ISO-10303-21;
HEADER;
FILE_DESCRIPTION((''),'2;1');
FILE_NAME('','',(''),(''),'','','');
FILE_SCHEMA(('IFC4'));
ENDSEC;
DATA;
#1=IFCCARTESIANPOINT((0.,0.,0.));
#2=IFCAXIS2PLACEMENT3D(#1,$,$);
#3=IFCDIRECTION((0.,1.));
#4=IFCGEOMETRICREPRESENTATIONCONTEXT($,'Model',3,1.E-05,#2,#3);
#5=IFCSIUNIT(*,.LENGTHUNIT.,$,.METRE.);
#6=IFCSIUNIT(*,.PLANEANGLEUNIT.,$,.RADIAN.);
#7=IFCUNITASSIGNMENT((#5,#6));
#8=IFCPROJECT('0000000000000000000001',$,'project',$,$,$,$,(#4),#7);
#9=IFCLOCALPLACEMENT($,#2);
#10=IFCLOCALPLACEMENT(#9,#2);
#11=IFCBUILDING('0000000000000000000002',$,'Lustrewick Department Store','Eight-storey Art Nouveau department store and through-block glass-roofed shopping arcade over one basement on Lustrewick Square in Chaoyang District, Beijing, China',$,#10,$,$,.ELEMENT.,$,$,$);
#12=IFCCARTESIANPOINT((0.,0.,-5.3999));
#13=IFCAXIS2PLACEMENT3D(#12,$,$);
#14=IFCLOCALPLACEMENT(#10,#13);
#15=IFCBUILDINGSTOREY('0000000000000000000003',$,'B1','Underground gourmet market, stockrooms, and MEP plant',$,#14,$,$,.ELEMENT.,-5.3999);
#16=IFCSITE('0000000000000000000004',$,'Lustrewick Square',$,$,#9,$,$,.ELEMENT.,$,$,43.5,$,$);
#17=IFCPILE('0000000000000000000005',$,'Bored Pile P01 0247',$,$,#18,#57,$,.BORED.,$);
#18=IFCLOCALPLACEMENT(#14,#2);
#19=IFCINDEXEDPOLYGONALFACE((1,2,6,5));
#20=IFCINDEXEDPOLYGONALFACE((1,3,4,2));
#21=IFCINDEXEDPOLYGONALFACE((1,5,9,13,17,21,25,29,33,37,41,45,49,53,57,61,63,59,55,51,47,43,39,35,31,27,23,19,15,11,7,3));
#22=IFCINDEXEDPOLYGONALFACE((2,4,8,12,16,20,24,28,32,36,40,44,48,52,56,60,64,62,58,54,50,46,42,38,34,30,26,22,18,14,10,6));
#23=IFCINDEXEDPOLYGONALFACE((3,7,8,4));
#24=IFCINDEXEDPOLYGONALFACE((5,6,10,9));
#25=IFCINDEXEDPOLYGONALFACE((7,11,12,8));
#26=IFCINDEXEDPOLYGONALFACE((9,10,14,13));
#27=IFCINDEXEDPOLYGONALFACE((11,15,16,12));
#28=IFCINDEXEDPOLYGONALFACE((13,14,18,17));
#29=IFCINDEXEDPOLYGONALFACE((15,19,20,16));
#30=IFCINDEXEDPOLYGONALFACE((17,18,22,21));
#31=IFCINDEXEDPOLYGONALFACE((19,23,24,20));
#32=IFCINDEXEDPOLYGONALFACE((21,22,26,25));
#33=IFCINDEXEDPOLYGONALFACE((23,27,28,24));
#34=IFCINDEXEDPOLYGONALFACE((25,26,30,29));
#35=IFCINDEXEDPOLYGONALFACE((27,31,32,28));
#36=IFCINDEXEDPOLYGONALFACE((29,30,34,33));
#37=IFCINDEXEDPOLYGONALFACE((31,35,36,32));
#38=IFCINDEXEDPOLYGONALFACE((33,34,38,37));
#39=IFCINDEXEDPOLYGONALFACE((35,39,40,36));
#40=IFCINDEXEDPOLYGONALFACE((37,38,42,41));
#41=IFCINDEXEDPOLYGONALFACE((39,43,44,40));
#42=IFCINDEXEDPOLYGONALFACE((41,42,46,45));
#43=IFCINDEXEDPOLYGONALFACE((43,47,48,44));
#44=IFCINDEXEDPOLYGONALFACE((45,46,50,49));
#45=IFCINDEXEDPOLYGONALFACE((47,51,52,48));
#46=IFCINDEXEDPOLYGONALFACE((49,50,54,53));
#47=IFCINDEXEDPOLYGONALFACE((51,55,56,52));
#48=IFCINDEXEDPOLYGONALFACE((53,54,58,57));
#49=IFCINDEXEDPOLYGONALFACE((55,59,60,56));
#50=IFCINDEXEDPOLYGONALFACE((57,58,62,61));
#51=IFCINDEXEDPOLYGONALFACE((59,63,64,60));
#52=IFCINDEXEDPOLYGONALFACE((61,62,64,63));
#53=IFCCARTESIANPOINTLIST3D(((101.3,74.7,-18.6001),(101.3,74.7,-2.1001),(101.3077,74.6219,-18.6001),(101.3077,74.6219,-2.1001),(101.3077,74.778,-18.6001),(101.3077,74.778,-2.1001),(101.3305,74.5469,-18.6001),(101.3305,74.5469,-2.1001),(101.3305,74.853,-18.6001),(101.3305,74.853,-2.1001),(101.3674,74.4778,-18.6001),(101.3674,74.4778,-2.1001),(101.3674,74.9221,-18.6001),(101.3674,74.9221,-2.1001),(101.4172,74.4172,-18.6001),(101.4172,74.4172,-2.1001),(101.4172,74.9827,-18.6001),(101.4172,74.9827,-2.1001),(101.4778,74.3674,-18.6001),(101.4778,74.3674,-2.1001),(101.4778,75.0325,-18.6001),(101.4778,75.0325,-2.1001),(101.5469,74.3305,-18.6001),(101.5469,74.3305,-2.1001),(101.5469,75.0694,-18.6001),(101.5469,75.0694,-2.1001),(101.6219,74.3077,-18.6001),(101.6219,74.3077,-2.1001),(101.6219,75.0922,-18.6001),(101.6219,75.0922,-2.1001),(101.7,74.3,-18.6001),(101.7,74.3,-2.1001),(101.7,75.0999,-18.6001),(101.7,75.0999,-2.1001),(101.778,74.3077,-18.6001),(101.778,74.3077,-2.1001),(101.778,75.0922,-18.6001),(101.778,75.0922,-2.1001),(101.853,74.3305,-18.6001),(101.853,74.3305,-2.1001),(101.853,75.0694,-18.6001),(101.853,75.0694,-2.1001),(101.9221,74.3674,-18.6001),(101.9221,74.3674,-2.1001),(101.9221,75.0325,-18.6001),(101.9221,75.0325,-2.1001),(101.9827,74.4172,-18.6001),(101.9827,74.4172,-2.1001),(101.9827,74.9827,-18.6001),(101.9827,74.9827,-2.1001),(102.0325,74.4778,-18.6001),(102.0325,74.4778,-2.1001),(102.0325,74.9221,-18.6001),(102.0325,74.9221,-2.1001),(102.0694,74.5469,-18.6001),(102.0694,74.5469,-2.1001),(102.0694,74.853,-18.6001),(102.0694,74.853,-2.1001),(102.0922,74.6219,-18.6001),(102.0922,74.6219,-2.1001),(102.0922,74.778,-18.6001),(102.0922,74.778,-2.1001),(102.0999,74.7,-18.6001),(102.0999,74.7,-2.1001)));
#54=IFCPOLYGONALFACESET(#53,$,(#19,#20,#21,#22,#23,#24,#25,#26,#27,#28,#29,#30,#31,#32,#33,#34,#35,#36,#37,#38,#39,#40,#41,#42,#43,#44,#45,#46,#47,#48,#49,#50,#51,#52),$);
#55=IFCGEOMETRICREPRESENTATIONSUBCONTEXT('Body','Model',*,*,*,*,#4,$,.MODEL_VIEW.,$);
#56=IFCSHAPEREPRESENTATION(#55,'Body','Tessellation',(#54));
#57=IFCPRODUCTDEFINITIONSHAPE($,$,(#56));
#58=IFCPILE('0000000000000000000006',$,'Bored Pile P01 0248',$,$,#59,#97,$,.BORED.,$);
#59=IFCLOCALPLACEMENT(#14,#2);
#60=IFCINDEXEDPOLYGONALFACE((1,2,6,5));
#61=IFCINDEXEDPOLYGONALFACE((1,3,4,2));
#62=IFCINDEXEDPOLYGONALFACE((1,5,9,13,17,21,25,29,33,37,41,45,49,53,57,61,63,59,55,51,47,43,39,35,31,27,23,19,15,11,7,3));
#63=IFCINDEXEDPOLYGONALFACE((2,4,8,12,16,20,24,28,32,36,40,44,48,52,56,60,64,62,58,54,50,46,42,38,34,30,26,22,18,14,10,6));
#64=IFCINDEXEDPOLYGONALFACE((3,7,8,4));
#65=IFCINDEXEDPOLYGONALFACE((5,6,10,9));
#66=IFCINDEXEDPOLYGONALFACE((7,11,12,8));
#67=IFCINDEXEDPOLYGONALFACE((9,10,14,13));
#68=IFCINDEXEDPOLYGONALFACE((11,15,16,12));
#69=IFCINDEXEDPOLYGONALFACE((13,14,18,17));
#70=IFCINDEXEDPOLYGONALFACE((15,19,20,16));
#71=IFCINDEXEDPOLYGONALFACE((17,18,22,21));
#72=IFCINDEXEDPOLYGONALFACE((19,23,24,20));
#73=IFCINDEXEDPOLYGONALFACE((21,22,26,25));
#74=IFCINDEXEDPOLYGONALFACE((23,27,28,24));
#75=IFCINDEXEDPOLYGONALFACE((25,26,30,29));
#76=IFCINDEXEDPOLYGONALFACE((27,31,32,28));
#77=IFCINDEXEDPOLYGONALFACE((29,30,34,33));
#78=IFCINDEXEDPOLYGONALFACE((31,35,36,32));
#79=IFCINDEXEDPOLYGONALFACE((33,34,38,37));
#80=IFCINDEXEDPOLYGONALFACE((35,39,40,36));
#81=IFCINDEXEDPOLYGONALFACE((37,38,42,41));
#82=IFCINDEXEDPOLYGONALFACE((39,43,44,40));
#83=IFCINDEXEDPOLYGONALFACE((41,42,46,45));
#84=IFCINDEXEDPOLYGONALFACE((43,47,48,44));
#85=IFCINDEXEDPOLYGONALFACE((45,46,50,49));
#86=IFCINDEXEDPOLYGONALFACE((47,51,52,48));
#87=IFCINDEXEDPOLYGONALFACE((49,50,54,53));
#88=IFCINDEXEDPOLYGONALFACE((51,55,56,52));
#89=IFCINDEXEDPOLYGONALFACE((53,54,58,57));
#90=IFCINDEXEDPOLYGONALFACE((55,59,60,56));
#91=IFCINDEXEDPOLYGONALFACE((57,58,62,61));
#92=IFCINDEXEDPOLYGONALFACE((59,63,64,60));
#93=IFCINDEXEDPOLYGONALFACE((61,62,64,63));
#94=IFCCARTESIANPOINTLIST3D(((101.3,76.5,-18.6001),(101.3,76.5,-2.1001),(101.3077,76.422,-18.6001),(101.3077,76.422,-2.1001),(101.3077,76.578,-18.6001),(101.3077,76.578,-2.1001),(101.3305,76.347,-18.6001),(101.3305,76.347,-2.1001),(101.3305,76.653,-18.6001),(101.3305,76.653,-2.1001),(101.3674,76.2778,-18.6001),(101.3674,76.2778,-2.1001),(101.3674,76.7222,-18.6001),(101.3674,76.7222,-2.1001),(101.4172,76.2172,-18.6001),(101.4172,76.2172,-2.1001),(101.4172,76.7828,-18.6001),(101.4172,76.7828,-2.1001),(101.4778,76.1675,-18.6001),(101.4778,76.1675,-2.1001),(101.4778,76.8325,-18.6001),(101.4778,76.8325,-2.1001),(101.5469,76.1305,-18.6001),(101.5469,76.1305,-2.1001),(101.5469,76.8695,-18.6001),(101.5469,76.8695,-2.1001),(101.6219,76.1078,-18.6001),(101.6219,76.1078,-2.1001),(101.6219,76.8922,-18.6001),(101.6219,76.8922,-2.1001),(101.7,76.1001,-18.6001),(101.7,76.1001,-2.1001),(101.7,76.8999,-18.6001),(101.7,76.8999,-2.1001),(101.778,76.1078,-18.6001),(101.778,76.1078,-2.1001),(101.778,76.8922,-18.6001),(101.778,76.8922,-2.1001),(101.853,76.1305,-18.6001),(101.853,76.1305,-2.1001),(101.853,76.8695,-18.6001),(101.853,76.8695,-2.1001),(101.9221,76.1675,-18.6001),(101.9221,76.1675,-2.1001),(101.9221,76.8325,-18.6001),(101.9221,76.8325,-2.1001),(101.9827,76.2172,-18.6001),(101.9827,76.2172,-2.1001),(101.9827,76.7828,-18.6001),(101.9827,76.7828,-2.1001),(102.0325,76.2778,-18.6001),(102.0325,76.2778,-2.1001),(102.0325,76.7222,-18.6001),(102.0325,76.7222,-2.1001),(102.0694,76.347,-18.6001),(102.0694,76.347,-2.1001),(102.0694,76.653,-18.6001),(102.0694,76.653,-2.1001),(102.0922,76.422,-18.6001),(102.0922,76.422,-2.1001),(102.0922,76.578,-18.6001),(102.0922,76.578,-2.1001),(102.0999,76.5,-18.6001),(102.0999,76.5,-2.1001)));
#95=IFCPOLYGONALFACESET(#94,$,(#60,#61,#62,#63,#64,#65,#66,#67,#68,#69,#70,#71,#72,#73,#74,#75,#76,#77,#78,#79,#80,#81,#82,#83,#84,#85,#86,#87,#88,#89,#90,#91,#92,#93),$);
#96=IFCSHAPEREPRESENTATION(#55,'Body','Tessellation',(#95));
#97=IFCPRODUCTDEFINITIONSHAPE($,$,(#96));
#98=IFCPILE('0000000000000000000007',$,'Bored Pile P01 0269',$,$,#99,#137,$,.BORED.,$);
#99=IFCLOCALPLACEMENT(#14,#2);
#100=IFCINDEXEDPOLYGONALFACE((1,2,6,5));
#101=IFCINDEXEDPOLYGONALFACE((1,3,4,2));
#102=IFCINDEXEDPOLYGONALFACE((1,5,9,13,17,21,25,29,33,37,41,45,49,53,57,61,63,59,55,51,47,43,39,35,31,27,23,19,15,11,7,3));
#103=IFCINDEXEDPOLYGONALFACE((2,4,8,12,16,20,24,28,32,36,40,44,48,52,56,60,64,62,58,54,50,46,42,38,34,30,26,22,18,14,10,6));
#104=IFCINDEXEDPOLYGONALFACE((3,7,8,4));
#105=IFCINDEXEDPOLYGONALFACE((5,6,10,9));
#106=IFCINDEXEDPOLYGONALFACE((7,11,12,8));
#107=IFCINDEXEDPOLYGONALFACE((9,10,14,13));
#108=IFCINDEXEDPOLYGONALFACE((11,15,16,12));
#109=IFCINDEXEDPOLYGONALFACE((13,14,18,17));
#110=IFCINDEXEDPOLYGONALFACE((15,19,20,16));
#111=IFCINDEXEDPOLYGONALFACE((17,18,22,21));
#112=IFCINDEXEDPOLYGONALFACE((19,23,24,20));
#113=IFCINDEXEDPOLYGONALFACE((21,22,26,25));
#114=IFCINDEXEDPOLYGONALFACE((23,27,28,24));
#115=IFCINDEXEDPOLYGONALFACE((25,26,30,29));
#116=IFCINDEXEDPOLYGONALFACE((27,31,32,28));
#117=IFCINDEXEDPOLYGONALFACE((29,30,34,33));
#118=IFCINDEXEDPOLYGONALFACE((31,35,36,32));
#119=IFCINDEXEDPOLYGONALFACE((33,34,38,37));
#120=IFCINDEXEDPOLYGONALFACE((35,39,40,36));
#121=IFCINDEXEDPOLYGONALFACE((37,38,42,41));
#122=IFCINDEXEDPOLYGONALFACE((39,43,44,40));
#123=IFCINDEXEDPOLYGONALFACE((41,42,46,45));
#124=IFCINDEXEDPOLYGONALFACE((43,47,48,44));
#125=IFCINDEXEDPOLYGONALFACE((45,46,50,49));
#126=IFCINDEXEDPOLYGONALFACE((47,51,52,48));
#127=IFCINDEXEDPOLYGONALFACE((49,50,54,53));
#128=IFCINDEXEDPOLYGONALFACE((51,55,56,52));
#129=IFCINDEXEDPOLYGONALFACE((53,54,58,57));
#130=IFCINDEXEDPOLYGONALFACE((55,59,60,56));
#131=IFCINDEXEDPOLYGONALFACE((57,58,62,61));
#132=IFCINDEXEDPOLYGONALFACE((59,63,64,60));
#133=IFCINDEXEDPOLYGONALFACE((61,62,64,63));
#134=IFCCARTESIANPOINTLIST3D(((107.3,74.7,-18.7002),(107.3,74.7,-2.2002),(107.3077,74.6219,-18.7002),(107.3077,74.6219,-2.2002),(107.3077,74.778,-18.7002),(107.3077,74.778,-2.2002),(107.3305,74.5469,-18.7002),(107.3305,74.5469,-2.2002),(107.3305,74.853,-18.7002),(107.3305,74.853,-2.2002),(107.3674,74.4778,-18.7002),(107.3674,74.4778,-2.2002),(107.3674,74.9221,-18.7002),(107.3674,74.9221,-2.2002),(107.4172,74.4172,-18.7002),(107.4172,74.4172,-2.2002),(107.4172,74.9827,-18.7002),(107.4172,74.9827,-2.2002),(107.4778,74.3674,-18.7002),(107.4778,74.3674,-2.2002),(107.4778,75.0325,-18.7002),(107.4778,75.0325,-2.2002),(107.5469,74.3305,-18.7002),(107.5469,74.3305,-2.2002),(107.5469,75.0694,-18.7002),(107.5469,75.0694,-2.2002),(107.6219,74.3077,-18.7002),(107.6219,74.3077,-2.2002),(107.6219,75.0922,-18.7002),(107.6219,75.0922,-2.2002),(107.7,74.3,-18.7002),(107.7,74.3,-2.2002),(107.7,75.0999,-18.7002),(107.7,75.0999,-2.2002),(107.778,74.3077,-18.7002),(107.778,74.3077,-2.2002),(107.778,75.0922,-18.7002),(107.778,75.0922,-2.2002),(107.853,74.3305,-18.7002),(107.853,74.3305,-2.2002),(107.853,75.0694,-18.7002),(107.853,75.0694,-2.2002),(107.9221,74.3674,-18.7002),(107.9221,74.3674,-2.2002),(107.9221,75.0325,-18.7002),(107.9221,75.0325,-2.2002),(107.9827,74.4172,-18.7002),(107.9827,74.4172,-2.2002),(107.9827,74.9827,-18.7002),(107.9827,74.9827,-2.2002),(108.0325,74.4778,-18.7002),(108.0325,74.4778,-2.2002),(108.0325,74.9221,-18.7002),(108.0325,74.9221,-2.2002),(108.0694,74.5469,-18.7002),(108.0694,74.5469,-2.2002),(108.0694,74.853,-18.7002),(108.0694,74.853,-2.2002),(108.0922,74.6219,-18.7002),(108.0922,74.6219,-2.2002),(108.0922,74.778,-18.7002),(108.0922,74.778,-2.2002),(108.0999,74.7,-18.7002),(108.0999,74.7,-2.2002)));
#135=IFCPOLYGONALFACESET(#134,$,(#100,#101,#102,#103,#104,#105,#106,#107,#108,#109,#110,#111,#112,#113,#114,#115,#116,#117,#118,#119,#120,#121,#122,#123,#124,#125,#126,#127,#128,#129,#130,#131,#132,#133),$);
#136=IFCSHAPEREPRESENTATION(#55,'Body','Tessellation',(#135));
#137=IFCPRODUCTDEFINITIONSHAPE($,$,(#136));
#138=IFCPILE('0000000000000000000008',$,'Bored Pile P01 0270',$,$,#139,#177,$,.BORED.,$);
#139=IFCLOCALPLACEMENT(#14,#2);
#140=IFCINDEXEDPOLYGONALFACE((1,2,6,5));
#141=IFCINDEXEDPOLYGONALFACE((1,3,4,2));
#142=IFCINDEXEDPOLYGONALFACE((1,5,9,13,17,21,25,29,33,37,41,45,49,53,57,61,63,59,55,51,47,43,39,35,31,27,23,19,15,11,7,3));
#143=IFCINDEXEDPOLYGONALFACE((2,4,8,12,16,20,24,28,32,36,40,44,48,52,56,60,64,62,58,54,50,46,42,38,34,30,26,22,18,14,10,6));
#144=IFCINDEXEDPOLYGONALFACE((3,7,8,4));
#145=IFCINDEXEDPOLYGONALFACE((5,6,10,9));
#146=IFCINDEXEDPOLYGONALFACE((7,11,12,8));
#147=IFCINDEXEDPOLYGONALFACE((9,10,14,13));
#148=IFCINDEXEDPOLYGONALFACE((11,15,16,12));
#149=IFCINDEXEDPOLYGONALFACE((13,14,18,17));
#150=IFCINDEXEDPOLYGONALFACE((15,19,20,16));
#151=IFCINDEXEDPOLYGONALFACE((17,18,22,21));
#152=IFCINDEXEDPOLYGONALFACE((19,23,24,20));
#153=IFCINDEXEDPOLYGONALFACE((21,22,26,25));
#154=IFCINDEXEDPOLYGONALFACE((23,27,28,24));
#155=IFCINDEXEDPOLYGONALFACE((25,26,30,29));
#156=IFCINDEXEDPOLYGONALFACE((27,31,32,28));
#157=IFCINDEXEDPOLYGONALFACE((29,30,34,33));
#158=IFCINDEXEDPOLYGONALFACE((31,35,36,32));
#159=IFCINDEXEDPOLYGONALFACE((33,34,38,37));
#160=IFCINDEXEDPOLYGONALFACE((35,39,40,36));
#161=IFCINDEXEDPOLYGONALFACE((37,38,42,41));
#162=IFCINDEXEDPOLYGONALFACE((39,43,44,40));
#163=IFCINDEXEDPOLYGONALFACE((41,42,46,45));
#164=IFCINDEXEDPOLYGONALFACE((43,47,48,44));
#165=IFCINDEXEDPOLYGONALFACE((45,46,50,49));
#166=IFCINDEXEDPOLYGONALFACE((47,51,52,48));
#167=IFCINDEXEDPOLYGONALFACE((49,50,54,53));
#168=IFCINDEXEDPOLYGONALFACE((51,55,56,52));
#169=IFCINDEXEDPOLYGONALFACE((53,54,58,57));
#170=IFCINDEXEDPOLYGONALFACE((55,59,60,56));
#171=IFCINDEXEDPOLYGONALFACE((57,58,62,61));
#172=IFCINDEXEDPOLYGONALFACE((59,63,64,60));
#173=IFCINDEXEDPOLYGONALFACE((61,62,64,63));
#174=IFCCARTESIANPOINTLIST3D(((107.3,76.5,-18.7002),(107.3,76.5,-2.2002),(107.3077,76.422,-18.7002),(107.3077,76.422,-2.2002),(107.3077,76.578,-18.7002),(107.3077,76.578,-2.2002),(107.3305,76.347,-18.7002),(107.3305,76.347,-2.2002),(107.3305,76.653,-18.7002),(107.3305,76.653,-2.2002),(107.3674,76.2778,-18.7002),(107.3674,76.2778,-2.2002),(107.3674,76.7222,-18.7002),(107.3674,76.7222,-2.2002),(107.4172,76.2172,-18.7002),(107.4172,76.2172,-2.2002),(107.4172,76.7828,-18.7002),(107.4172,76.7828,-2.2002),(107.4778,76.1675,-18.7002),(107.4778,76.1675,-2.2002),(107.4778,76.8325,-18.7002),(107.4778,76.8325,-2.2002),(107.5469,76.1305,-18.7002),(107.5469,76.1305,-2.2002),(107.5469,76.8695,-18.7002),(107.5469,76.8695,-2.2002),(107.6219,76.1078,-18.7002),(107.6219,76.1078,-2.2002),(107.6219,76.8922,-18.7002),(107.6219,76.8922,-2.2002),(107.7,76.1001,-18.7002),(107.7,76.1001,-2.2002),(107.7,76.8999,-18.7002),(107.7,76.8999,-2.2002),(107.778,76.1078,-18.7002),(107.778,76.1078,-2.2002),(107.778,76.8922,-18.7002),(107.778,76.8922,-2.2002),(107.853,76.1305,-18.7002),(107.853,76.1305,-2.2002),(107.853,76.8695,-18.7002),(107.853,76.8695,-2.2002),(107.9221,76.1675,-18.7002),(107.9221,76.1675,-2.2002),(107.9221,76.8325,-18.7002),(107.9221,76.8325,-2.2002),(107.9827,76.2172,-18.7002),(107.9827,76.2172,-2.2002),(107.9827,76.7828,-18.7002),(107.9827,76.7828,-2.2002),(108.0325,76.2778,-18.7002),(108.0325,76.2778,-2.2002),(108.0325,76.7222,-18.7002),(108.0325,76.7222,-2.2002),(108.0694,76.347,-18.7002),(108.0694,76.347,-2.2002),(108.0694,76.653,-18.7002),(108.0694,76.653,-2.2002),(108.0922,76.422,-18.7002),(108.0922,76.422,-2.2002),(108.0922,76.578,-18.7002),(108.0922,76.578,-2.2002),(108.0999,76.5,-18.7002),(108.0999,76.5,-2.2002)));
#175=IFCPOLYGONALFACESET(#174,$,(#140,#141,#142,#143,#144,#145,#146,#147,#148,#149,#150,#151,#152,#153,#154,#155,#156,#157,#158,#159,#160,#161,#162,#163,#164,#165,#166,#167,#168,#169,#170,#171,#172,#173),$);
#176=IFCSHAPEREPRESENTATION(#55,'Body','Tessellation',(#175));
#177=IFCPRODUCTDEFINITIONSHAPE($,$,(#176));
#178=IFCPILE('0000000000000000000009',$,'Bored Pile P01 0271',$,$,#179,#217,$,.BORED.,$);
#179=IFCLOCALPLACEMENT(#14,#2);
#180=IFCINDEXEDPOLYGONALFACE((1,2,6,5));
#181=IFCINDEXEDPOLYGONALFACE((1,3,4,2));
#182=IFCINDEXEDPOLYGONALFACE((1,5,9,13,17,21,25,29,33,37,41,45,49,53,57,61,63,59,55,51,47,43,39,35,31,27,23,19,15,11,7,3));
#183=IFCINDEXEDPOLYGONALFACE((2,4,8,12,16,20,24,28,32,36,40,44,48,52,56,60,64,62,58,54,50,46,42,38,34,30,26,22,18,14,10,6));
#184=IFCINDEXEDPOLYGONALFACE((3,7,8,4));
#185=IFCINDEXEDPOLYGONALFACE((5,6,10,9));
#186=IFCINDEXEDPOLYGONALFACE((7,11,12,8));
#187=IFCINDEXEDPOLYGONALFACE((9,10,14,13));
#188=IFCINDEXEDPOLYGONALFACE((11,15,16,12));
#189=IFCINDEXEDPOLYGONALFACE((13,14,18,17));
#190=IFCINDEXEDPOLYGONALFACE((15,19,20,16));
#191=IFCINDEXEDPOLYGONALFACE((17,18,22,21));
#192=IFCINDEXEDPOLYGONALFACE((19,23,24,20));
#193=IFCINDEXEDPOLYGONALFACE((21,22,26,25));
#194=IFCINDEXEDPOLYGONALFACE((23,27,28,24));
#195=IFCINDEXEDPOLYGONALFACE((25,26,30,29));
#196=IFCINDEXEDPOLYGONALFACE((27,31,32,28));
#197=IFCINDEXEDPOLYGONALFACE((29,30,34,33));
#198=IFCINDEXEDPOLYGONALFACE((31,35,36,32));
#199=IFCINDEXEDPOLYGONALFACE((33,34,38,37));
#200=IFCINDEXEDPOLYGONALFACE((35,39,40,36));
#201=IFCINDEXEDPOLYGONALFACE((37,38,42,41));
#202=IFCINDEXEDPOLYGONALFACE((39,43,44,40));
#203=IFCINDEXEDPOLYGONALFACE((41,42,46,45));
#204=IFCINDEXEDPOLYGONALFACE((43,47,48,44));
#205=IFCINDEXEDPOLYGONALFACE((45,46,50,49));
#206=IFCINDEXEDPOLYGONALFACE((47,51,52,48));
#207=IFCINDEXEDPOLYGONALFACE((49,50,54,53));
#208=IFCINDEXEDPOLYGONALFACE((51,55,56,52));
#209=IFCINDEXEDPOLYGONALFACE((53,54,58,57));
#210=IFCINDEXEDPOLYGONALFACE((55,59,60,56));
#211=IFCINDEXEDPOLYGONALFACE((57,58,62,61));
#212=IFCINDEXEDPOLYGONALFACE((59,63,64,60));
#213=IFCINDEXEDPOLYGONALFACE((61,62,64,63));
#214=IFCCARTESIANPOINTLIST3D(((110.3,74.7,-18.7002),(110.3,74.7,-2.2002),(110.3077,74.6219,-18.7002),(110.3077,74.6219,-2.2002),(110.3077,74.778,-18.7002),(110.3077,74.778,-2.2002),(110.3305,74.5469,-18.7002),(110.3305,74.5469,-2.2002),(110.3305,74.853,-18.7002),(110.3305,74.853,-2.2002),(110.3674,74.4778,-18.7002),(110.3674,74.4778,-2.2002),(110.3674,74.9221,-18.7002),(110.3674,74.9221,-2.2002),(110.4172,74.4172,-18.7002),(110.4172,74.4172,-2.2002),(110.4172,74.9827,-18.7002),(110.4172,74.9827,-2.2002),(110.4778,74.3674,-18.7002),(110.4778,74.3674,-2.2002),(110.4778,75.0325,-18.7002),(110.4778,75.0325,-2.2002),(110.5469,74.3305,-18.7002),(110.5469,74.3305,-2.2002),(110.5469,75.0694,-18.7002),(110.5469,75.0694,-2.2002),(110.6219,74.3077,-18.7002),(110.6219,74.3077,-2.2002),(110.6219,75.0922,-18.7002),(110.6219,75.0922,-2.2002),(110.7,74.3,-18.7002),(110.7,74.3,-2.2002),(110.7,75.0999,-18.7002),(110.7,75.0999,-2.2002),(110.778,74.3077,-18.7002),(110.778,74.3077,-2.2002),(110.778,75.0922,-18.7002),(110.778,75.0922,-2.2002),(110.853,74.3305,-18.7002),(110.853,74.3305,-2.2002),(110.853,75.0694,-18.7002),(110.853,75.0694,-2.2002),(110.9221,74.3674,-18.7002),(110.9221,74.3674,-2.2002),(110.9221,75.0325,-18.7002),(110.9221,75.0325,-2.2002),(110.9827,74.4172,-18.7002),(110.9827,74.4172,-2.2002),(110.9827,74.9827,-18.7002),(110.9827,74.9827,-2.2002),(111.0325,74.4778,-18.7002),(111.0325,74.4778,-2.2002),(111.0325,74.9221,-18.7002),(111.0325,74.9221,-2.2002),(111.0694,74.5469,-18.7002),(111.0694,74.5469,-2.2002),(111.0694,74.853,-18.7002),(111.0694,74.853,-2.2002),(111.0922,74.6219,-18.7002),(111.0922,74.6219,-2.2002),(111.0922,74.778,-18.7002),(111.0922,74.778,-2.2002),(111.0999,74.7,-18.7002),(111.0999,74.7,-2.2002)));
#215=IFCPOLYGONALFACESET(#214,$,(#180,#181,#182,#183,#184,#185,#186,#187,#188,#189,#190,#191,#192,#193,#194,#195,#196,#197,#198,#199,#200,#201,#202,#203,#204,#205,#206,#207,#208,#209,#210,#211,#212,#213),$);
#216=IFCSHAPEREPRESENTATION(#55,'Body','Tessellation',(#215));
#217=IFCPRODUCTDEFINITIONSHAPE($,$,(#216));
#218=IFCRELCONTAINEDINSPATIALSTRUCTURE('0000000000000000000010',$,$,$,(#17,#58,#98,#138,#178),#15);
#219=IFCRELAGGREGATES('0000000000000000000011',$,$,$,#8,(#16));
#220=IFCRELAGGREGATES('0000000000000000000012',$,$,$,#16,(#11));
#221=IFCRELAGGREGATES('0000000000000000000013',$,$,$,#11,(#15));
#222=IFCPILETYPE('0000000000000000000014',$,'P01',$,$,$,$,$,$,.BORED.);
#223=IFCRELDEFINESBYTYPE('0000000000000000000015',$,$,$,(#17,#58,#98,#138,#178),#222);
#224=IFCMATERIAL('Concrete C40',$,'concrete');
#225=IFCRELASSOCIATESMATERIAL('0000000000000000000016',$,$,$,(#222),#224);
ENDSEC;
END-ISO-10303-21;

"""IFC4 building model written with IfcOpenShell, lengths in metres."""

from ifc_helpers import new_model, si_unit, direction, frame, origin, origin_2d, place, context, subcontext, project, spatial, circle, extrude, material, material_profile, profile_set, type_object, element, save


model = new_model("IFC4")

# Units and contexts
model_context = context("Model", 3, precision=1e-05, world=origin(), true_north=direction((0.0, 1.0)))
body_context = subcontext(model_context, "Body", "Model", "MODEL_VIEW")
ifc_project = project(units=[si_unit("LENGTHUNIT", "METRE"), si_unit("PLANEANGLEUNIT", "RADIAN")], contexts=[model_context])

# Site, building, storey
site_placement = place(None, origin())
site = spatial("IfcSite", under=ifc_project, at=site_placement, Name="Lustrewick Square", CompositionType="ELEMENT", RefElevation=43.5)
building_placement = place(site_placement, origin())
building = spatial("IfcBuilding", under=site, at=building_placement, Name="Lustrewick Department Store", Description="Eight-storey Art Nouveau department store and through-block glass-roofed shopping arcade over one basement on Lustrewick Square in Chaoyang District, Beijing, China", CompositionType="ELEMENT")
storey_placement = place(building_placement, frame((0.0, 0.0, -5.3999)))
storey = spatial("IfcBuildingStorey", under=building, at=storey_placement, Name="B1", Description="Underground gourmet market, stockrooms, and MEP plant", CompositionType="ELEMENT", Elevation=-5.3999)

# Piles
ifc_material_1 = material(Name="Concrete C40", Category="concrete")
ifc_material_profile_1 = material_profile(ifc_material_1, circle(Radius=0.3999, at=origin_2d()), Name="PILE D800")
ifc_profile_set_1 = profile_set([ifc_material_profile_1], Name="Concrete C40")
pile_type_1 = type_object("IfcPileType", Name="P01", PredefinedType="BORED", material=ifc_profile_set_1)
for number, where, z_axis, x_axis, name in (
    (1, (101.7, 74.7, -2.1001), (0.0, 0.0, -1.0), (1.0, 0.0, 0.0), "Bored Pile P01 0247"),
    (2, (101.7, 76.5, -2.1001), (0.0, 0.0, -1.0), (1.0, 0.0, 0.0), "Bored Pile P01 0248"),
    (3, (107.7, 74.7, -2.2002), (0.0, 0.0, -1.0), (1.0, 0.0, 0.0), "Bored Pile P01 0269"),
    (4, (107.7, 76.5, -2.2002), (0.0, 0.0, -1.0), (1.0, 0.0, 0.0), "Bored Pile P01 0270"),
    (5, (110.7, 74.7, -2.2002), (0.0, 0.0, -1.0), (1.0, 0.0, 0.0), "Bored Pile P01 0271"),
):
    element("IfcPile", number, at=place(storey_placement, frame(where, z_axis=z_axis, x_axis=x_axis)), inside=storey, type_object=pile_type_1, Name=name, PredefinedType="BORED", context=body_context, shape_type="SweptSolid", body=[
        extrude(circle(Radius=0.3999, at=origin_2d()), origin(), (0.0, 0.0, 1.0), 16.5),
    ])

save(model, "model.ifc")
